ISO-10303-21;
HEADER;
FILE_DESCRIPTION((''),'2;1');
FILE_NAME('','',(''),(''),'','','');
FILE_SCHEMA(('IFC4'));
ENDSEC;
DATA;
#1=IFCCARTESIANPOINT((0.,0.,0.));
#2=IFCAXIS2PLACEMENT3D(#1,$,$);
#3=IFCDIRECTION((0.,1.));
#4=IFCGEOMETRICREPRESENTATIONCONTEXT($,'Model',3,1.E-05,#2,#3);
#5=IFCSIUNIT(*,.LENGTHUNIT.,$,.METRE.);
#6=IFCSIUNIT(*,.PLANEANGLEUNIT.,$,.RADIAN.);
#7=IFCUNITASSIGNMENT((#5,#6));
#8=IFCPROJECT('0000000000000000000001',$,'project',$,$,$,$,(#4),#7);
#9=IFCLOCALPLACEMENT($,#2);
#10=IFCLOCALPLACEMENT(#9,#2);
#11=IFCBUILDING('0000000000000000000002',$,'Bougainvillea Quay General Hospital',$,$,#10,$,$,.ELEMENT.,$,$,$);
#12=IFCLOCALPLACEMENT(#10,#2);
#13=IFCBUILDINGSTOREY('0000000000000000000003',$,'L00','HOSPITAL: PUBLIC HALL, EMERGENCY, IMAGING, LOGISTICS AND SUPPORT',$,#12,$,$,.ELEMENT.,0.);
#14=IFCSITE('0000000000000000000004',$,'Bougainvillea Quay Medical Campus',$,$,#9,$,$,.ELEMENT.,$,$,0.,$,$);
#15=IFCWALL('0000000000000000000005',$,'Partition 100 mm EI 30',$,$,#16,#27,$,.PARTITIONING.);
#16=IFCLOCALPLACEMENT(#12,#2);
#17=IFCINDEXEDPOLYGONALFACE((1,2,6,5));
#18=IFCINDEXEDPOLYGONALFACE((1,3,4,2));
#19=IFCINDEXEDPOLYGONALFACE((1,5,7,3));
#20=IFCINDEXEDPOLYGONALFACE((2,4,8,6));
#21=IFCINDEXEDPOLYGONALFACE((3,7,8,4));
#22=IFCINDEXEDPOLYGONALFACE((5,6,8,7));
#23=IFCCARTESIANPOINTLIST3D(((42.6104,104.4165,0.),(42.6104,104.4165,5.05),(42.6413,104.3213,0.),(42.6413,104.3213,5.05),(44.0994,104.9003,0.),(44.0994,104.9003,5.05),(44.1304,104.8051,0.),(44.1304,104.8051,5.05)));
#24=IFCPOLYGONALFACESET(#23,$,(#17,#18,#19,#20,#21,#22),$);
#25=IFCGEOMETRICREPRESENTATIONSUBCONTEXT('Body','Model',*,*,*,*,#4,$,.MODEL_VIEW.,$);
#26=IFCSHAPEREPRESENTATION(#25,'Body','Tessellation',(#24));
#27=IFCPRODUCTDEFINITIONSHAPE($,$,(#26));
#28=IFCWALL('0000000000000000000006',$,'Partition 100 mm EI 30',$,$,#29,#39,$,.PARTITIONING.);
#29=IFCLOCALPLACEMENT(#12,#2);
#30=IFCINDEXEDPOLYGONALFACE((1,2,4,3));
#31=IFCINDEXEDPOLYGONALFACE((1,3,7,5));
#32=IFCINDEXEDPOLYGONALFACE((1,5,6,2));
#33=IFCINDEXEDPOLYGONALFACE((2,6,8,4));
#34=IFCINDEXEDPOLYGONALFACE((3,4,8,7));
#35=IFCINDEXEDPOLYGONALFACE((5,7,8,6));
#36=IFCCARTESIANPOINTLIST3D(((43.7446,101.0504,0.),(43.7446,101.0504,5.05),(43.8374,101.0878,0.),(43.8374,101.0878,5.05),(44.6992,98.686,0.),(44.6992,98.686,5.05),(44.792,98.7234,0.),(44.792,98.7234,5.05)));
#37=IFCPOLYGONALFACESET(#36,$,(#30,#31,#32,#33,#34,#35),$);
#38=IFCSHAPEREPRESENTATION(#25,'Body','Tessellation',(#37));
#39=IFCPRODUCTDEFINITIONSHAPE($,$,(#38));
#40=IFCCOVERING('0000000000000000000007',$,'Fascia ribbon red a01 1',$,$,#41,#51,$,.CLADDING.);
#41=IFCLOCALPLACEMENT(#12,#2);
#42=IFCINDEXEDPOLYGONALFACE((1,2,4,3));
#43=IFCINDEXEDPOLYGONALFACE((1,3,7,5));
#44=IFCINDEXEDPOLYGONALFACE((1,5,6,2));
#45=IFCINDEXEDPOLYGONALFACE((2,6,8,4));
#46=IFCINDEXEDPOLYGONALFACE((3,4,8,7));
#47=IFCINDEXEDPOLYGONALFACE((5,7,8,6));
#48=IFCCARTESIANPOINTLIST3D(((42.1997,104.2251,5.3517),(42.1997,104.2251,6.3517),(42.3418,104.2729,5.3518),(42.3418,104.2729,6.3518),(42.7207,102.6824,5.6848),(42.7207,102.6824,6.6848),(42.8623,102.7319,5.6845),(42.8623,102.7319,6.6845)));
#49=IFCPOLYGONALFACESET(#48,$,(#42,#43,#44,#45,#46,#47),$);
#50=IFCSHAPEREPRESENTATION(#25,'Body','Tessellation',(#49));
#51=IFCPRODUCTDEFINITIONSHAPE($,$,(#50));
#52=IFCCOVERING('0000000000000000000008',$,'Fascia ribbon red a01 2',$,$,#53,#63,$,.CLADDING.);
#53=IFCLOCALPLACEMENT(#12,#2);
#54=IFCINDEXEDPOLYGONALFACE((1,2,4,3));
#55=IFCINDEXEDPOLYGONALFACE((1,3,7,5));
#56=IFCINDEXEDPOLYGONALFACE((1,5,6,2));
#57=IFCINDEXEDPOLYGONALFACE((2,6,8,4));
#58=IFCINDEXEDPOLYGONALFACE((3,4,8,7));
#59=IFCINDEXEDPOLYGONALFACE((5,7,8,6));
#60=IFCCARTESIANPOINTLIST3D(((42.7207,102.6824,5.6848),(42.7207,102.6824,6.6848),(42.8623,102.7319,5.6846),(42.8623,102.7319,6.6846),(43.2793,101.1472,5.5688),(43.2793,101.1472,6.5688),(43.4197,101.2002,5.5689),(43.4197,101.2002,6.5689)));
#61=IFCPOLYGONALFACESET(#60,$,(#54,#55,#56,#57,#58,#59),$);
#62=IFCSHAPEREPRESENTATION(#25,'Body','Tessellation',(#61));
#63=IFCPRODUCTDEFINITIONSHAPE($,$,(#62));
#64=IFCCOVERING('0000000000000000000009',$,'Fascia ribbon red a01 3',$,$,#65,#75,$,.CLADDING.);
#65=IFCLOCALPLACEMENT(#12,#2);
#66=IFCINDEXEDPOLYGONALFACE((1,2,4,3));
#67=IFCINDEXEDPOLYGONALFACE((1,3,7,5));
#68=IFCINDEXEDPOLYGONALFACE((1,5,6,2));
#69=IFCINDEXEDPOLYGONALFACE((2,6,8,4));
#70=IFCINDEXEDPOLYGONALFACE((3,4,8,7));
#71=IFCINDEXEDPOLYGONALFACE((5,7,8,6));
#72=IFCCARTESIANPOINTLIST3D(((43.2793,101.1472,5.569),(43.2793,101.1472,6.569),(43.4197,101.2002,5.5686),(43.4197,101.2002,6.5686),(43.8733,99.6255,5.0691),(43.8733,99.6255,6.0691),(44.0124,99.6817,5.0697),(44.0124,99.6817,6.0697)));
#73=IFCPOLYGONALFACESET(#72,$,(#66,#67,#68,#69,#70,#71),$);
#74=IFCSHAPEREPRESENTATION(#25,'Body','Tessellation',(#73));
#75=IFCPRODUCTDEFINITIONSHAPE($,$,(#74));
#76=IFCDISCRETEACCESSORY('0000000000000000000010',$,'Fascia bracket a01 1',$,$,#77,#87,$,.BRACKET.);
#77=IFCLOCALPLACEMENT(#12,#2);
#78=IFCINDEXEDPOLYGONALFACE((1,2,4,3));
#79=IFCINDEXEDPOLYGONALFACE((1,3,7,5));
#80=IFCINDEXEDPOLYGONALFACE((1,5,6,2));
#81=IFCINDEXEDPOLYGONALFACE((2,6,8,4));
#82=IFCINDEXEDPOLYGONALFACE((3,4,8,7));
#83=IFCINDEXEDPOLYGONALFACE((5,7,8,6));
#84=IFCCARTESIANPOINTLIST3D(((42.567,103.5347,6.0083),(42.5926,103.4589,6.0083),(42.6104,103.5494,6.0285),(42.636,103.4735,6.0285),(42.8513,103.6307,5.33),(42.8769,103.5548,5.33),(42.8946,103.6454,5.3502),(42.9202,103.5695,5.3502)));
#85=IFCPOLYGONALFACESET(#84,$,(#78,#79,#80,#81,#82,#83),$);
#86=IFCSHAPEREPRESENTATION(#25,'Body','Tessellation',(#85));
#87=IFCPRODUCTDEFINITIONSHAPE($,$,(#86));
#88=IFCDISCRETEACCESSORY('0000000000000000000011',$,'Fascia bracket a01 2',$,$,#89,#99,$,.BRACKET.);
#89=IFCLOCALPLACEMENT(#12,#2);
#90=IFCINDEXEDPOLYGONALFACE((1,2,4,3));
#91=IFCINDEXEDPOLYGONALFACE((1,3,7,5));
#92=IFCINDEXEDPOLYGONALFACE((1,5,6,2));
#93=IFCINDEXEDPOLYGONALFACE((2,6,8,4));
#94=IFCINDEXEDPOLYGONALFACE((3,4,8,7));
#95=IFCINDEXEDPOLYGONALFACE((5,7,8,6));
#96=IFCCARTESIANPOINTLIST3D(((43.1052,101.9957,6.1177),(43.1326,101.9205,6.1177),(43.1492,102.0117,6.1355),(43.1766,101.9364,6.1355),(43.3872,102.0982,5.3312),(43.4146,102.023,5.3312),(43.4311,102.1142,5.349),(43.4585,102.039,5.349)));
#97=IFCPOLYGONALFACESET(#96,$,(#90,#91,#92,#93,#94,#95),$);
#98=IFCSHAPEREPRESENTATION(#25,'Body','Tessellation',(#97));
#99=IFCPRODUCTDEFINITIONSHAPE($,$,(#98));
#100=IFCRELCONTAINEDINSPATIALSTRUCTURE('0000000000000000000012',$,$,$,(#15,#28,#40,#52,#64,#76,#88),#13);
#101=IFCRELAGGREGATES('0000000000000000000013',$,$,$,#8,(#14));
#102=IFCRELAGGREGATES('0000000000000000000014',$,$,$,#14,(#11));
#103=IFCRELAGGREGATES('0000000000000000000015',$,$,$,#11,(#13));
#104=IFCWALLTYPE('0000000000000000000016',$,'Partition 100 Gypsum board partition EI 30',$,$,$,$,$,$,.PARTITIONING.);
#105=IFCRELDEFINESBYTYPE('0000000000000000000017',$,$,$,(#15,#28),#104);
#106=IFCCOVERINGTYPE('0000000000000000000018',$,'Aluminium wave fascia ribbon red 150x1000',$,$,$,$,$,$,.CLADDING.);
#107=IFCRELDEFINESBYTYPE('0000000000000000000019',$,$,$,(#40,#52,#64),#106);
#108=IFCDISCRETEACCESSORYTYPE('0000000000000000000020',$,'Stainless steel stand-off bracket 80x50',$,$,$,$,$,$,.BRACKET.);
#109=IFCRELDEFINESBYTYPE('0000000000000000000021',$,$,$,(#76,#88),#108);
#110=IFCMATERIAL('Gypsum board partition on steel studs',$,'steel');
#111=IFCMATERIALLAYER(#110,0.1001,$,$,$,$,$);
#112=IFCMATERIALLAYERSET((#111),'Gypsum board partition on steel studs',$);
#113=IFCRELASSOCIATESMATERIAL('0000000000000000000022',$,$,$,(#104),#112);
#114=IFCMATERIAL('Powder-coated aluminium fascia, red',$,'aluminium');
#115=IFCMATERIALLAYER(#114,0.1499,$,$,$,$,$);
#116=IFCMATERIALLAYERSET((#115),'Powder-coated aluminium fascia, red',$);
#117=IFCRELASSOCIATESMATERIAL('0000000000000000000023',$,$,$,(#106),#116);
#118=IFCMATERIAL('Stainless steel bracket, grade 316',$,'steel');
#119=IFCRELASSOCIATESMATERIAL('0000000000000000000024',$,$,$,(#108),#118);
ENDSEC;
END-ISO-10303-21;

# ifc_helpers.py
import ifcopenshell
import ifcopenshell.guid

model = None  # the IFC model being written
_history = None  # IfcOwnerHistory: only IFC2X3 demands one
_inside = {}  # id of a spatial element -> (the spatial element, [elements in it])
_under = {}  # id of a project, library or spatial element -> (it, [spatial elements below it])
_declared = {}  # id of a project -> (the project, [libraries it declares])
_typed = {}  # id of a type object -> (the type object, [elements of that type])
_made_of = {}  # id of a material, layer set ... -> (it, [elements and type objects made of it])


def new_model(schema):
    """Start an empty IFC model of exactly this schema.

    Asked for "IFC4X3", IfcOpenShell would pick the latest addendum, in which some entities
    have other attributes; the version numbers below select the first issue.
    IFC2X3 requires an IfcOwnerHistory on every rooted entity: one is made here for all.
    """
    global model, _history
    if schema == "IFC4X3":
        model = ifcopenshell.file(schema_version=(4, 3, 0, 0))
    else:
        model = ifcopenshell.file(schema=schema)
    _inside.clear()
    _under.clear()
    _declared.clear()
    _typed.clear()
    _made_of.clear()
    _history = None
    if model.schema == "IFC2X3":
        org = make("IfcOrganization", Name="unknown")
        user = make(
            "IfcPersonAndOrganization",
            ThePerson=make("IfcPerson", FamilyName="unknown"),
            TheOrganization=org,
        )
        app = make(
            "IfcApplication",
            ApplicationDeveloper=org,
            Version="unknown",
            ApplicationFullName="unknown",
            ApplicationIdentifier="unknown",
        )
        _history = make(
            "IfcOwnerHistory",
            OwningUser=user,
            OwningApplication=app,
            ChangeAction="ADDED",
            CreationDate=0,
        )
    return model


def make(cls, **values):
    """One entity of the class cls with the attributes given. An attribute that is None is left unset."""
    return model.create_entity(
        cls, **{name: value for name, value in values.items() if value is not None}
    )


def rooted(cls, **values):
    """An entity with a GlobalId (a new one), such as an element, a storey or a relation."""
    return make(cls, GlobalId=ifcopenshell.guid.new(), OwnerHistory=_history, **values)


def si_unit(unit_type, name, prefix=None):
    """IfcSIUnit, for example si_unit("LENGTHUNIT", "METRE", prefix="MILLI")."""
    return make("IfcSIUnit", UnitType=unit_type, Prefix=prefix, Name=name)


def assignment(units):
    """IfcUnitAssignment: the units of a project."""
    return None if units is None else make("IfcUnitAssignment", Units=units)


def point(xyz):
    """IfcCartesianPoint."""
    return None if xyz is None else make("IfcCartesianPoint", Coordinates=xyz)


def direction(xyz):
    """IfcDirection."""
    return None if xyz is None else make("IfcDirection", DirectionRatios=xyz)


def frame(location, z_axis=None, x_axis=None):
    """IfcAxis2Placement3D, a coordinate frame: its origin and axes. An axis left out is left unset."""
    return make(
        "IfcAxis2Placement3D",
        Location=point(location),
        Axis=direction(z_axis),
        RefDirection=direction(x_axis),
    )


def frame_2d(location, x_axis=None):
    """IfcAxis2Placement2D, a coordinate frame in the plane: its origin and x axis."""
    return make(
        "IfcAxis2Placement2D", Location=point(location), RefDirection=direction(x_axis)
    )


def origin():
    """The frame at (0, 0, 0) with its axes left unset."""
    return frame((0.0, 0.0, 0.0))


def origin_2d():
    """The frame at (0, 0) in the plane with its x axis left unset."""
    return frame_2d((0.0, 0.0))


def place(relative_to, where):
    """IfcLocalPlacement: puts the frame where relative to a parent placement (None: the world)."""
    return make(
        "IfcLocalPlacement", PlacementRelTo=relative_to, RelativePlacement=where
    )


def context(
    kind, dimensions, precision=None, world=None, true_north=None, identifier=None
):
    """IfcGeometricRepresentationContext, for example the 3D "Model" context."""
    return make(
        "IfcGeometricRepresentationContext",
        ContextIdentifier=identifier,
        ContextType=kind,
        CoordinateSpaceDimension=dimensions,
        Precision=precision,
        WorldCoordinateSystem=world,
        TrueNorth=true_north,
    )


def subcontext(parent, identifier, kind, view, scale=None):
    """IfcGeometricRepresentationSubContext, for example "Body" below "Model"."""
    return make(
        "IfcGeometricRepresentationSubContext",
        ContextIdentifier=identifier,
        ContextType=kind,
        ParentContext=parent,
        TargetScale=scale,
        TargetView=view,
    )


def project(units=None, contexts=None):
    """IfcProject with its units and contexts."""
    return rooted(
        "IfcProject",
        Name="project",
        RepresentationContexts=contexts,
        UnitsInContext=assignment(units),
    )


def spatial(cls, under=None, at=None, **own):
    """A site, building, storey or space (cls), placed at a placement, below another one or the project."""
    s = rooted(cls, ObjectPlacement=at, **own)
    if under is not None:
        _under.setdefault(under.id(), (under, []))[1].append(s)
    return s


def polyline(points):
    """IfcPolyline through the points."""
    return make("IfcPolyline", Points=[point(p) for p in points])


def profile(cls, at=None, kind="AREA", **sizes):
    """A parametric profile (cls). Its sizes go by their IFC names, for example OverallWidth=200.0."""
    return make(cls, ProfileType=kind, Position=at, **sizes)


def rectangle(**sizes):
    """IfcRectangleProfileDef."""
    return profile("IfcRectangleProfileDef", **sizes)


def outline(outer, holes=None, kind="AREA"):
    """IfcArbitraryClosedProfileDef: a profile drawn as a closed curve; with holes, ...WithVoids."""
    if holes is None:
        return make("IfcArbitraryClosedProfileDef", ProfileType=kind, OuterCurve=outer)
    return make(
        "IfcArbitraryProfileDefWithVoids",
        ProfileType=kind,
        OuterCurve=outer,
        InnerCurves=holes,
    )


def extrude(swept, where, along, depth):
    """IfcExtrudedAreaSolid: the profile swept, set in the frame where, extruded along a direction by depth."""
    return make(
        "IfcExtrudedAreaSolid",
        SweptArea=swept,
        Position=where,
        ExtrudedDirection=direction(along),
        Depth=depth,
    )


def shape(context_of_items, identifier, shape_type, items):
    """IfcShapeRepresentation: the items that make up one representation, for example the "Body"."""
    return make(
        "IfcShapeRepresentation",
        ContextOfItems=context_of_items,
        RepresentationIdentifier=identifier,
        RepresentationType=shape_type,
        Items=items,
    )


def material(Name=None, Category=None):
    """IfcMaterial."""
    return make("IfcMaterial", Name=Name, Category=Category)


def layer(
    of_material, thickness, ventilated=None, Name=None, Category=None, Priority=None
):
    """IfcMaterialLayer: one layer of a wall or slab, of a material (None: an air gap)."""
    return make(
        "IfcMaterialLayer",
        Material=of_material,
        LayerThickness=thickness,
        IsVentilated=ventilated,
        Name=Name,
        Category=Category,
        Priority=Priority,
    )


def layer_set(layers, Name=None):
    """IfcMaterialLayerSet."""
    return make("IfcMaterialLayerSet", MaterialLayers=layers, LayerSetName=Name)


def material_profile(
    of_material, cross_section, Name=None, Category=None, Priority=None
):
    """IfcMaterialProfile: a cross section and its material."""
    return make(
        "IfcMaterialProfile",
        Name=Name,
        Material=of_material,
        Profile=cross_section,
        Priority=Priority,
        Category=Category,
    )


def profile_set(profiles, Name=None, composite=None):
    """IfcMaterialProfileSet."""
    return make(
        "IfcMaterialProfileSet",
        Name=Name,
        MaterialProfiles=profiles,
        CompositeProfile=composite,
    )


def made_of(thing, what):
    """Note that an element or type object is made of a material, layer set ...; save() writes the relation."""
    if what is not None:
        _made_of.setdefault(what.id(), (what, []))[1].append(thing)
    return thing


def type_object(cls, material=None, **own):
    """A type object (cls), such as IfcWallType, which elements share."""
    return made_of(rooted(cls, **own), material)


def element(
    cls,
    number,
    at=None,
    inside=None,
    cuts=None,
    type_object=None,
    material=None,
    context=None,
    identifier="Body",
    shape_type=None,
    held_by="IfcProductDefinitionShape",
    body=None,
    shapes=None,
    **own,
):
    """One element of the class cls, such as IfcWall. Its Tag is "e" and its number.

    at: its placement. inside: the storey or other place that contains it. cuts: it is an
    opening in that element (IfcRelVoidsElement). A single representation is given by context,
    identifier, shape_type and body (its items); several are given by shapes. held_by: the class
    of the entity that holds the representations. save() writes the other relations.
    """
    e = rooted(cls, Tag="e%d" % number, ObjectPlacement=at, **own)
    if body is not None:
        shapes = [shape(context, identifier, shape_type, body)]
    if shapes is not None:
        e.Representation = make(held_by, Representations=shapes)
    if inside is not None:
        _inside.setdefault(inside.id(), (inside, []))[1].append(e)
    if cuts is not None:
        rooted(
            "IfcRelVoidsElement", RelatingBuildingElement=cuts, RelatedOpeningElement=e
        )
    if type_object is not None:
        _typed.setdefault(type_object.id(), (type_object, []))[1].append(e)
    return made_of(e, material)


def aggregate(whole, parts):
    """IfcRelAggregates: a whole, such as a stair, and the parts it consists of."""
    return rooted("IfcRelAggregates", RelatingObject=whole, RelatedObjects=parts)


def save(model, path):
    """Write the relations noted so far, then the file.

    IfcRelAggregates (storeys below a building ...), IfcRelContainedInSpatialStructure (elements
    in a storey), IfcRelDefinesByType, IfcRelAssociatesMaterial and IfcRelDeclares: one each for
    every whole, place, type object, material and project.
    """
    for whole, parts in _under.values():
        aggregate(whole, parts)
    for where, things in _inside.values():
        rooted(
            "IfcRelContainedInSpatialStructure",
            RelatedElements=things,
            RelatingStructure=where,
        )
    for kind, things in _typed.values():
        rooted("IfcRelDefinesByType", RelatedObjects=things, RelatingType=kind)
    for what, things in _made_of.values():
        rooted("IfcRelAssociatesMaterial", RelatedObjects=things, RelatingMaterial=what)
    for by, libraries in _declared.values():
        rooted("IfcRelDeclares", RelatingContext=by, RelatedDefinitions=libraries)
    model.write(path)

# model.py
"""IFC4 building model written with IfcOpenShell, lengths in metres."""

from ifc_helpers import new_model, si_unit, direction, frame, frame_2d, origin, origin_2d, place, context, subcontext, project, spatial, polyline, rectangle, outline, extrude, material, layer, layer_set, material_profile, profile_set, type_object, element, save


model = new_model("IFC4")

# Units and contexts
model_context = context("Model", 3, precision=1e-05, world=origin(), true_north=direction((0.0, 1.0)))
body_context = subcontext(model_context, "Body", "Model", "MODEL_VIEW")
ifc_project = project(units=[si_unit("LENGTHUNIT", "METRE"), si_unit("PLANEANGLEUNIT", "RADIAN")], contexts=[model_context])

# Site, building, storey
site_placement = place(None, origin())
site = spatial("IfcSite", under=ifc_project, at=site_placement, Name="Bougainvillea Quay Medical Campus", CompositionType="ELEMENT", RefElevation=0.0)
building_placement = place(site_placement, origin())
building = spatial("IfcBuilding", under=site, at=building_placement, Name="Bougainvillea Quay General Hospital", CompositionType="ELEMENT")
storey_placement = place(building_placement, origin())
storey = spatial("IfcBuildingStorey", under=building, at=storey_placement, Name="L00", Description="HOSPITAL: PUBLIC HALL, EMERGENCY, IMAGING, LOGISTICS AND SUPPORT", CompositionType="ELEMENT", Elevation=0.0)

# Walls
ifc_material_1 = material(Name="Gypsum board partition on steel studs", Category="steel")
ifc_layer_1 = layer(ifc_material_1, 0.1001)
ifc_layer_set_1 = layer_set([ifc_layer_1], Name="Gypsum board partition on steel studs")
wall_type = type_object("IfcWallType", Name="Partition 100 Gypsum board partition EI 30", PredefinedType="PARTITIONING", material=ifc_layer_set_1)
wall_1_placement = place(storey_placement, frame((42.626, 104.3689, 0.0), z_axis=(0.0, 0.0, 1.0), x_axis=(0.951042, 0.309061, 0.0)))
element("IfcWall", 1, at=wall_1_placement, inside=storey, type_object=wall_type, Name="Partition 100 mm EI 30", PredefinedType="PARTITIONING", context=body_context, shape_type="SweptSolid", body=[
    extrude(rectangle(XDim=1.5657, YDim=0.1001, at=frame_2d((0.7827, 0.0))), origin(), (0.0, 0.0, 1.0), 5.05),
])
wall_2_placement = place(storey_placement, frame((43.791, 101.0691, 0.0), z_axis=(0.0, 0.0, 1.0), x_axis=(0.37436, -0.927283, 0.0)))
element("IfcWall", 2, at=wall_2_placement, inside=storey, type_object=wall_type, Name="Partition 100 mm EI 30", PredefinedType="PARTITIONING", context=body_context, shape_type="SweptSolid", body=[
    extrude(rectangle(XDim=2.5498, YDim=0.1001, at=frame_2d((1.2749, 0.0))), origin(), (0.0, 0.0, 1.0), 5.05),
])

# Coverings
ifc_material_2 = material(Name="Powder-coated aluminium fascia, red", Category="aluminium")
ifc_layer_2 = layer(ifc_material_2, 0.1499)
ifc_layer_set_2 = layer_set([ifc_layer_2], Name="Powder-coated aluminium fascia, red")
covering_type = type_object("IfcCoveringType", Name="Aluminium wave fascia ribbon red 150x1000", PredefinedType="CLADDING", material=ifc_layer_set_2)
covering_1_placement = place(storey_placement, frame((42.3418, 104.2729, 5.3518), z_axis=(-0.064326, 0.189792, 0.979715), x_axis=(0.313516, -0.928196, 0.200397)))
element("IfcCovering", 3, at=covering_1_placement, inside=storey, type_object=covering_type, Name="Fascia ribbon red a01 1", PredefinedType="CLADDING", context=body_context, shape_type="SweptSolid", body=[
    extrude(outline(polyline([(0.0, 0.0), (1.6602, 0.0), (1.6619, -0.15), (-0.0001, -0.1499), (0.0, 0.0)])), origin(), (0.200397, 0.000205, 0.979715), 1.0),
])
covering_2_placement = place(storey_placement, frame((42.8623, 102.7319, 5.6846), z_axis=(0.024963, -0.066272, 0.997489), x_axis=(0.341089, -0.93736, -0.070813)))
element("IfcCovering", 4, at=covering_2_placement, inside=storey, type_object=covering_type, Name="Fascia ribbon red a01 2", PredefinedType="CLADDING", context=body_context, shape_type="SweptSolid", body=[
    extrude(outline(polyline([(0.0, 0.0), (1.6341, 0.0), (1.6359, -0.15), (-0.0019, -0.15), (0.0, 0.0)])), origin(), (-0.070813, -0.000794, 0.997489), 1.0),
])
covering_3_placement = place(storey_placement, frame((43.4197, 101.2002, 5.5686), z_axis=(0.105694, -0.272877, 0.956225), x_axis=(0.347714, -0.890765, -0.292631)))
element("IfcCovering", 5, at=covering_3_placement, inside=storey, type_object=covering_type, Name="Fascia ribbon red a01 3", PredefinedType="CLADDING", context=body_context, shape_type="SweptSolid", body=[
    extrude(outline(polyline([(0.0, 0.0), (1.7047, 0.0), (1.7066, -0.1501), (-0.0018, -0.15), (0.0, 0.0)])), origin(), (-0.292631, 0.000734, 0.956225), 1.0),
])

# Discrete accessories
ifc_material_3 = material(Name="Stainless steel bracket, grade 316", Category="steel")
ifc_material_profile_1 = material_profile(ifc_material_3, rectangle(XDim=0.0801, YDim=0.05, at=origin_2d()))
ifc_profile_set_1 = profile_set([ifc_material_profile_1], Name="Stainless steel bracket, grade 316")
discrete_accessory_type = type_object("IfcDiscreteAccessoryType", Name="Stainless steel stand-off bracket 80x50", PredefinedType="BRACKET", material=ifc_profile_set_1)
discrete_accessory_1_placement = place(storey_placement, frame((42.8857, 103.6001, 5.3401), z_axis=(-0.383205, -0.129381, 0.914557), x_axis=(0.319888, -0.947455, 0.0)))
element("IfcDiscreteAccessory", 6, at=discrete_accessory_1_placement, inside=storey, type_object=discrete_accessory_type, Name="Fascia bracket a01 1", PredefinedType="BRACKET", context=body_context, shape_type="SweptSolid", body=[
    extrude(rectangle(XDim=0.0801, YDim=0.05, at=origin_2d()), origin(), (0.0, 0.0, 1.0), 0.7417),
])
discrete_accessory_2_placement = place(storey_placement, frame((43.4229, 102.0686, 5.3401), z_axis=(-0.334934, -0.121794, 0.934337), x_axis=(0.341743, -0.939793, 0.0)))
element("IfcDiscreteAccessory", 7, at=discrete_accessory_2_placement, inside=storey, type_object=discrete_accessory_type, Name="Fascia bracket a01 2", PredefinedType="BRACKET", context=body_context, shape_type="SweptSolid", body=[
    extrude(rectangle(XDim=0.0801, YDim=0.05, at=origin_2d()), origin(), (0.0, 0.0, 1.0), 0.8418),
])

save(model, "model.ifc")
